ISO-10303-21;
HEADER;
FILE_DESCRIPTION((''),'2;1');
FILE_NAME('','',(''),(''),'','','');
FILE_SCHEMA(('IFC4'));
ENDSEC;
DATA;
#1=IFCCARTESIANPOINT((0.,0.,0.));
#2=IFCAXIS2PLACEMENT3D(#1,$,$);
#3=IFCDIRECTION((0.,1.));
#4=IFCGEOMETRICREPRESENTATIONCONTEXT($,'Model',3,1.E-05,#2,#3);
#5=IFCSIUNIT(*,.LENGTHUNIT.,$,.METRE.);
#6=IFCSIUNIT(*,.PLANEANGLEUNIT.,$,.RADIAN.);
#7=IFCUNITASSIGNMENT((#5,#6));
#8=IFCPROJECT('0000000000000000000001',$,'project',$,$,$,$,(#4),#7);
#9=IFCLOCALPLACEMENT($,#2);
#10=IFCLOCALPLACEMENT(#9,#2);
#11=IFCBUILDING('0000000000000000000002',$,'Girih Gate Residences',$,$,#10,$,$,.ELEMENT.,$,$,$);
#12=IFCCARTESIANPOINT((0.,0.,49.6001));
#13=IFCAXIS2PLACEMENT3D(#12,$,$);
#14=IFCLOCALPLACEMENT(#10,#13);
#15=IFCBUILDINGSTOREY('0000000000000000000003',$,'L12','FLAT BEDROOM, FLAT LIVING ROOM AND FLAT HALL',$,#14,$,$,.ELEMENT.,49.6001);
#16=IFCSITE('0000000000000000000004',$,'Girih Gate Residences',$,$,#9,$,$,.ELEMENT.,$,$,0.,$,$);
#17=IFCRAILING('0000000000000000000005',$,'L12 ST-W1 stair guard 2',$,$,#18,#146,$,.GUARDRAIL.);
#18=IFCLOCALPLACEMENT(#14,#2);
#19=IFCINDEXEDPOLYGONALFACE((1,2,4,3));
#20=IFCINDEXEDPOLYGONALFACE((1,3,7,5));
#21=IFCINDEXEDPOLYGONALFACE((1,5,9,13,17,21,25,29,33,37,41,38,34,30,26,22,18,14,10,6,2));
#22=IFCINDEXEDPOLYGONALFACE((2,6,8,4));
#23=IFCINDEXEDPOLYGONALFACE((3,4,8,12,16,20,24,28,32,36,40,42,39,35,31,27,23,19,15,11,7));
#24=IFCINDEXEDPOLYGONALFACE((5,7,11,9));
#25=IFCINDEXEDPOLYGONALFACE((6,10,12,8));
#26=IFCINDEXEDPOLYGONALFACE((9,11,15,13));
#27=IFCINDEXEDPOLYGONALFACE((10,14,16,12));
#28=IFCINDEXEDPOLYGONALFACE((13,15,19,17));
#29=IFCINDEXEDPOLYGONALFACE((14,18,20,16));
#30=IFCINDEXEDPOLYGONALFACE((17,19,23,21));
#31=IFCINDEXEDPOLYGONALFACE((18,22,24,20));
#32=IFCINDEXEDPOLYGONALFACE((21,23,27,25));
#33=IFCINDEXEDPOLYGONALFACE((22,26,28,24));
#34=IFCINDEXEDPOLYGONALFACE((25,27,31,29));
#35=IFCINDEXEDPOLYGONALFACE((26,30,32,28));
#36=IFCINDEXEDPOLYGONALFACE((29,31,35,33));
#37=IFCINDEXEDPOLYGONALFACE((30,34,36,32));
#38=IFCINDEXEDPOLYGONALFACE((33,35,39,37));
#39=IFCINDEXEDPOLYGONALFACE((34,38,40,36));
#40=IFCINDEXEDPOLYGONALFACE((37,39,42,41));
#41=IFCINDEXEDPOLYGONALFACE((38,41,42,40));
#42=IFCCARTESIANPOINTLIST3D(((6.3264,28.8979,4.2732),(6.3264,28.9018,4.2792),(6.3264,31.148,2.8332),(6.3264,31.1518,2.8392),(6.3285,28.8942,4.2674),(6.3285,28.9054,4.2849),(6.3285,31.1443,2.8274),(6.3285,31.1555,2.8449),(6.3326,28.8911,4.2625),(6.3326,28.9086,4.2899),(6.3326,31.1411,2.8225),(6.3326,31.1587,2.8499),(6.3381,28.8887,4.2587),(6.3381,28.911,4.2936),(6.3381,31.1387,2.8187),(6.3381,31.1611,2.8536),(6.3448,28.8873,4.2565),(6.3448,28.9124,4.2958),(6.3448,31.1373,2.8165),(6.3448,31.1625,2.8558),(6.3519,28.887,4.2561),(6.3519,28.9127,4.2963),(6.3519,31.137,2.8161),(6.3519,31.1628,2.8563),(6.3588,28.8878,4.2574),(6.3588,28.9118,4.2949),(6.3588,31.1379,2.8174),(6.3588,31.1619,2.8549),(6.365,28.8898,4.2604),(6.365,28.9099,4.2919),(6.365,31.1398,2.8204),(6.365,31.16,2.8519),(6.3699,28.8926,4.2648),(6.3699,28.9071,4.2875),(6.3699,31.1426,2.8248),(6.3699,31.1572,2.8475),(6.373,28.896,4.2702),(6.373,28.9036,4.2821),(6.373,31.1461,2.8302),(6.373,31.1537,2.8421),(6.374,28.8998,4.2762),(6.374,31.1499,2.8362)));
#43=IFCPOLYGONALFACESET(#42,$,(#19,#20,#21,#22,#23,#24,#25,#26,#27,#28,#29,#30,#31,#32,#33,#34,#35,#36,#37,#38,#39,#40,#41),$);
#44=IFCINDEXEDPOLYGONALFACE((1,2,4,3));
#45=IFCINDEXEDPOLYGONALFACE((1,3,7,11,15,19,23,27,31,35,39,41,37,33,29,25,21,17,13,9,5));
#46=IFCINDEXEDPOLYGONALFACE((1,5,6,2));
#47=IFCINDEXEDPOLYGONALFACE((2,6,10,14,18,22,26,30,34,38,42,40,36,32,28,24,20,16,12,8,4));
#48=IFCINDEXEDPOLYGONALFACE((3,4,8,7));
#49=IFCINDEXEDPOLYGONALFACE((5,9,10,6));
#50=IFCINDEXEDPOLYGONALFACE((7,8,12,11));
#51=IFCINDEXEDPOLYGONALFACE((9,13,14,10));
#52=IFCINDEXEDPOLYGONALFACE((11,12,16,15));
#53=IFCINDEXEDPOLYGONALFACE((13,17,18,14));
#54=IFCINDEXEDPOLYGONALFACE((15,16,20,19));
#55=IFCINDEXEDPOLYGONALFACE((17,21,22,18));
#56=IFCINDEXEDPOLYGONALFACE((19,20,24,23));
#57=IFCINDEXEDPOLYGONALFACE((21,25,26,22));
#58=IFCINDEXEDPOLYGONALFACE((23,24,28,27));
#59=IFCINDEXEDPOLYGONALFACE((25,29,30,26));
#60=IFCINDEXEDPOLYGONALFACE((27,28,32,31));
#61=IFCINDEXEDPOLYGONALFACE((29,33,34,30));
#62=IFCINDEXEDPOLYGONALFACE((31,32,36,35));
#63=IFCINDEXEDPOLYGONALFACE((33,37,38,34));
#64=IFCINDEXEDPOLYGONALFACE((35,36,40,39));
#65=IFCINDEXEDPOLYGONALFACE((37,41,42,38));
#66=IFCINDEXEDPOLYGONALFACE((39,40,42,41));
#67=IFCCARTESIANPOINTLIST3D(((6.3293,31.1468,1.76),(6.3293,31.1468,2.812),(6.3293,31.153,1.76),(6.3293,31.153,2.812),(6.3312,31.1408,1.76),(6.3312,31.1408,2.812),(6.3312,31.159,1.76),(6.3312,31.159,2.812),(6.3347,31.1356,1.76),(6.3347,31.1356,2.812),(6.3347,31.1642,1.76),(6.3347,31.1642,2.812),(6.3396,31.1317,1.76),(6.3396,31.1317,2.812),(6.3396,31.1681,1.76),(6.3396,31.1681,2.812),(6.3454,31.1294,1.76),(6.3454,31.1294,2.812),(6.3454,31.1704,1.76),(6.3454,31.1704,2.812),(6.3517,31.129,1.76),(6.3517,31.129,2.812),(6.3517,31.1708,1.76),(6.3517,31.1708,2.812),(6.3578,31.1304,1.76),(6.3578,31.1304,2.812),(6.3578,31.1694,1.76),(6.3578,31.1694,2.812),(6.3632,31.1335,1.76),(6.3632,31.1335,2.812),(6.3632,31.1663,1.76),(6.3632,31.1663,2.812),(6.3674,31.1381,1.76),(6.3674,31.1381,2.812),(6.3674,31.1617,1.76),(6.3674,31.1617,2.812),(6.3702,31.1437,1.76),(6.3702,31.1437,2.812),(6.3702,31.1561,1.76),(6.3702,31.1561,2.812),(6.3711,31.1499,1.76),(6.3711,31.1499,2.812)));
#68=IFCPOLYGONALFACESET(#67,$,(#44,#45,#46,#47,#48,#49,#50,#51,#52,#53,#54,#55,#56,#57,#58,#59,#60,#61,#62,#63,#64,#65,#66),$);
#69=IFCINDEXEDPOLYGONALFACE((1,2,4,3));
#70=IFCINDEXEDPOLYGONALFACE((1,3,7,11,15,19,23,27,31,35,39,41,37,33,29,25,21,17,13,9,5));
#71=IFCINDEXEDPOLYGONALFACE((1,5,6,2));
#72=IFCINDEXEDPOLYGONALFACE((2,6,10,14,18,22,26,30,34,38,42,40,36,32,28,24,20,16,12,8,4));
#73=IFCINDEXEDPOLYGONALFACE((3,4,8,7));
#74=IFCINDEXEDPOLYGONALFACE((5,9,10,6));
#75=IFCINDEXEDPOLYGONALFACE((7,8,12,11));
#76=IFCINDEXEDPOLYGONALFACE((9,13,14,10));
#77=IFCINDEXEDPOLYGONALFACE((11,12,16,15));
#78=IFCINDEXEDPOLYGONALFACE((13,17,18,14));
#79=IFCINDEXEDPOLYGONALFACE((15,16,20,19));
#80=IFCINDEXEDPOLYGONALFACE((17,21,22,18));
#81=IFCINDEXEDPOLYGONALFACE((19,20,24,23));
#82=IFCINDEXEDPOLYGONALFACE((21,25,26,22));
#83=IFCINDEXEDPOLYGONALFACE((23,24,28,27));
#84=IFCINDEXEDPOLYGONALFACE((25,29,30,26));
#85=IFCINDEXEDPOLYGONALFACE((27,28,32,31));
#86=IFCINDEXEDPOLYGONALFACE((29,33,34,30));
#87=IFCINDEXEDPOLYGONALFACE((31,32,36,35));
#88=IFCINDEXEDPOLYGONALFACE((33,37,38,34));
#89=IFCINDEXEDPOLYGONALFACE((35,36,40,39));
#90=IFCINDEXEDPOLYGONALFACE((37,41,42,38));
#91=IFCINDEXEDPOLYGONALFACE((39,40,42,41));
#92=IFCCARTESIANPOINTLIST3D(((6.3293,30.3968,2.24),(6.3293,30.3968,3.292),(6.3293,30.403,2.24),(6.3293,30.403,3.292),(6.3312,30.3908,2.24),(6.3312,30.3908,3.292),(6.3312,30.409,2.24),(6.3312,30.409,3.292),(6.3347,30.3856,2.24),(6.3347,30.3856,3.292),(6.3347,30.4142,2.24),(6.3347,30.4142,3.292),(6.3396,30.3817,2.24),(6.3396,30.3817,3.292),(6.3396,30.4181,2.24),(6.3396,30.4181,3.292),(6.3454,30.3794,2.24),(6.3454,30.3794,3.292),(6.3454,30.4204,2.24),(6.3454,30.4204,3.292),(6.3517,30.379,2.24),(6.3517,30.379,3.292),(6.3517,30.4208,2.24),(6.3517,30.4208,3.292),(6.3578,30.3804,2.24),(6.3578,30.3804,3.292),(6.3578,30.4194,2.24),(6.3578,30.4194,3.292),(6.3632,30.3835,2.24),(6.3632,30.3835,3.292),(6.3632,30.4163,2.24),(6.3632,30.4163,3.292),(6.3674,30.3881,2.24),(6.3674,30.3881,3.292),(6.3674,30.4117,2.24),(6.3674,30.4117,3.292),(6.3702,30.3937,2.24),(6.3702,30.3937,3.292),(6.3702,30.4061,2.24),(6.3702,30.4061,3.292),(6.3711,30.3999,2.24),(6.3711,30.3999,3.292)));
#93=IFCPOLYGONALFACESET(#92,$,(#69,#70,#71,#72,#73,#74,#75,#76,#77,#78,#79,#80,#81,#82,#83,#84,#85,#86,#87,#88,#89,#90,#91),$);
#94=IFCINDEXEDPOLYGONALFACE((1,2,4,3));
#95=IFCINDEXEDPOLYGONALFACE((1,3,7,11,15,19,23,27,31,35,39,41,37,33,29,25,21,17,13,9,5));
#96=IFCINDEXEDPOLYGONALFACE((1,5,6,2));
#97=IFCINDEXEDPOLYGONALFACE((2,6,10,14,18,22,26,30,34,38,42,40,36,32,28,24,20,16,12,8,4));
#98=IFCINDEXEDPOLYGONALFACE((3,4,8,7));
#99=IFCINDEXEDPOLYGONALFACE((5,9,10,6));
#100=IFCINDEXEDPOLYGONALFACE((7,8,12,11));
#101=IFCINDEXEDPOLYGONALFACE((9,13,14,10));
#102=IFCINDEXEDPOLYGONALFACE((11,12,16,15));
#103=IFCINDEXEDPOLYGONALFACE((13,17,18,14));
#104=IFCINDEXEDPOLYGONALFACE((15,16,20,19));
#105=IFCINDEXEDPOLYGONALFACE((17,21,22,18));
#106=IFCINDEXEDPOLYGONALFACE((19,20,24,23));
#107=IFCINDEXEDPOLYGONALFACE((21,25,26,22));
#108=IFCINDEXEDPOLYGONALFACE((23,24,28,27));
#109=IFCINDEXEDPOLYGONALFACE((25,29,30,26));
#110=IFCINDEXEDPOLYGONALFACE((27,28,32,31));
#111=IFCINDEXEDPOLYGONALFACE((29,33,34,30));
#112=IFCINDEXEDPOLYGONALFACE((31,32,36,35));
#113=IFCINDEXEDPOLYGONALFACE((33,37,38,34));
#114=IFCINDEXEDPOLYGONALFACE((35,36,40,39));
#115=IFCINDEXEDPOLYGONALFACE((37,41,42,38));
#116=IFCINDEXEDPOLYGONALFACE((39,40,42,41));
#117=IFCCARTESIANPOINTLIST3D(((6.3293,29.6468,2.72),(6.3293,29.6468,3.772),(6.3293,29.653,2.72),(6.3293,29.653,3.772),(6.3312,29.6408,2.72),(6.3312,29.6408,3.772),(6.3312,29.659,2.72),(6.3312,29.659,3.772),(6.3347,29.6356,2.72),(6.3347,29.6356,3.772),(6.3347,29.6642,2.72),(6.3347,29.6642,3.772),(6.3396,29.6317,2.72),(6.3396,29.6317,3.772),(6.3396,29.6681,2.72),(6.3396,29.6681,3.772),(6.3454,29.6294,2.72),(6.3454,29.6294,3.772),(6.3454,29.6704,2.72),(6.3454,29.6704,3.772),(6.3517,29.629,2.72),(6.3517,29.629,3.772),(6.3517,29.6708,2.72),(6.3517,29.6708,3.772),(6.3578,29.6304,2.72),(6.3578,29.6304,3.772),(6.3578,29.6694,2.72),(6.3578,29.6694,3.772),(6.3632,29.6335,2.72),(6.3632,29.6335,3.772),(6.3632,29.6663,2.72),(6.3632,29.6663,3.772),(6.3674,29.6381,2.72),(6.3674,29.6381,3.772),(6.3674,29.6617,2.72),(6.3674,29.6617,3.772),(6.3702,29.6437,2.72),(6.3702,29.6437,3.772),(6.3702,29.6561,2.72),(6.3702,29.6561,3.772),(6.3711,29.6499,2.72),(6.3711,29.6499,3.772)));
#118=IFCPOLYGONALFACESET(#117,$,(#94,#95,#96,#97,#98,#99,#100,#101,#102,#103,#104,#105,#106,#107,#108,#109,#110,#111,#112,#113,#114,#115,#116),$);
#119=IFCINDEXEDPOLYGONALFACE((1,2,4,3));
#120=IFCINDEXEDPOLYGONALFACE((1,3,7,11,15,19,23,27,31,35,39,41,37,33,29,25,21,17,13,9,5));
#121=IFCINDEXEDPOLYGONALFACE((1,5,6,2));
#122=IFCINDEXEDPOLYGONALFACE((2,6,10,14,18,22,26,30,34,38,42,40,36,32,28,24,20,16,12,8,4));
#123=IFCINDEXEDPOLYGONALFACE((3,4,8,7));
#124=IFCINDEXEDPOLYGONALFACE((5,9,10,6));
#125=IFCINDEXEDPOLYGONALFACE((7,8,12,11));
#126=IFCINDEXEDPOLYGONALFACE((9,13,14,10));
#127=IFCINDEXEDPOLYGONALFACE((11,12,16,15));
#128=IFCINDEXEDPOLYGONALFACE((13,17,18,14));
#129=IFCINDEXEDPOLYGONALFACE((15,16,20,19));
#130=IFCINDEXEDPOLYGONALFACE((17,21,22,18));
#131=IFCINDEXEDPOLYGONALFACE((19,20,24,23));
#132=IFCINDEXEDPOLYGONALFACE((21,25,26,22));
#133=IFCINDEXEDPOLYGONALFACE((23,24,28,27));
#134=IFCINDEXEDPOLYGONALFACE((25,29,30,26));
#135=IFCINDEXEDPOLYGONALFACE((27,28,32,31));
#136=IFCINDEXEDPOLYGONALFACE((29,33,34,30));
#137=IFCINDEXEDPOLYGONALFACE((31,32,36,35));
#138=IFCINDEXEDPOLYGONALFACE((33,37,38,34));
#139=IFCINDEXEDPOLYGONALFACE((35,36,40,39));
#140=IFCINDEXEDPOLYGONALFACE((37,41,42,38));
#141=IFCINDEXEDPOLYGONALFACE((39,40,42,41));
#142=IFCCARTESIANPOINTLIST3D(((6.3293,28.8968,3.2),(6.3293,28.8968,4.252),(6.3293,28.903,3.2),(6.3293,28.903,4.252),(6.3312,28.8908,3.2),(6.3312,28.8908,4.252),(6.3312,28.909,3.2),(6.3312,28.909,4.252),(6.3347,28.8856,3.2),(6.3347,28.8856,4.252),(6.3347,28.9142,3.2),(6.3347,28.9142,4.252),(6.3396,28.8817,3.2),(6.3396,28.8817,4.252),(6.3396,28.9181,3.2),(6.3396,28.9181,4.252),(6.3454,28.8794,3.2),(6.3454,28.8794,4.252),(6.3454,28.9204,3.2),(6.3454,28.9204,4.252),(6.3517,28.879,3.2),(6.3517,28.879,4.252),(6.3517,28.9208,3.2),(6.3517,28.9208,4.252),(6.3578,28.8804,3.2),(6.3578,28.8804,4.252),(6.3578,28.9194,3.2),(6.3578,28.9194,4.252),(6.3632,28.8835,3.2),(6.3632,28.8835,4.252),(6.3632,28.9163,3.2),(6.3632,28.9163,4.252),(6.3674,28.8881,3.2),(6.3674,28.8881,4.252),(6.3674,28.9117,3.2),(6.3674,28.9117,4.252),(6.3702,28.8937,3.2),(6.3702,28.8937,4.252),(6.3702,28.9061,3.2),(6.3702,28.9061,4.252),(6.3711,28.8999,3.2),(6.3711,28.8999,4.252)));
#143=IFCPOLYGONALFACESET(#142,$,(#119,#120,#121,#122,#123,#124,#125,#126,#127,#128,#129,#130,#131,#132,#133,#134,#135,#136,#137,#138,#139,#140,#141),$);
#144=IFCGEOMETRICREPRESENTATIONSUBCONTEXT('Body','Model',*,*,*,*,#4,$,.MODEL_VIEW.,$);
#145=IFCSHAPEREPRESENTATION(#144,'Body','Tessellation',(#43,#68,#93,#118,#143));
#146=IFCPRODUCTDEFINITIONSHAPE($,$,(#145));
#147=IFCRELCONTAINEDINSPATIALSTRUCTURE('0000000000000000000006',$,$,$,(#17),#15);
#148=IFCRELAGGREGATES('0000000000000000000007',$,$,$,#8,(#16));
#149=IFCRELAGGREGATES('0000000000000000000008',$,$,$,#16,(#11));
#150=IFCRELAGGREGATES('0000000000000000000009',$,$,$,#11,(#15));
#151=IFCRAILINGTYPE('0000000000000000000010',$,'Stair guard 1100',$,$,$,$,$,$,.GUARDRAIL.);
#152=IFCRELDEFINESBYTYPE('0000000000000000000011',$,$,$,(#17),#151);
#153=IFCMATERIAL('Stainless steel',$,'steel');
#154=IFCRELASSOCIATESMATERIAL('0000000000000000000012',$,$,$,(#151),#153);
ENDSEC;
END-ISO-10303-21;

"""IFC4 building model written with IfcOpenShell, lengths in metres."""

from ifc_helpers import new_model, si_unit, direction, frame, origin, origin_2d, place, context, subcontext, project, spatial, circle, extrude, material, type_object, element, save


model = new_model("IFC4")

# Units and contexts
model_context = context("Model", 3, precision=1e-05, world=origin(), true_north=direction((0.0, 1.0)))
body_context = subcontext(model_context, "Body", "Model", "MODEL_VIEW")
ifc_project = project(units=[si_unit("LENGTHUNIT", "METRE"), si_unit("PLANEANGLEUNIT", "RADIAN")], contexts=[model_context])

# Site, building, storey
site_placement = place(None, origin())
site = spatial("IfcSite", under=ifc_project, at=site_placement, Name="Girih Gate Residences", CompositionType="ELEMENT", RefElevation=0.0)
building_placement = place(site_placement, origin())
building = spatial("IfcBuilding", under=site, at=building_placement, Name="Girih Gate Residences", CompositionType="ELEMENT")
storey_placement = place(building_placement, frame((0.0, 0.0, 49.6001)))
storey = spatial("IfcBuildingStorey", under=building, at=storey_placement, Name="L12", Description="FLAT BEDROOM, FLAT LIVING ROOM AND FLAT HALL", CompositionType="ELEMENT", Elevation=49.6001)

# Shared definitions
ifc_material_1 = material(Name="Stainless steel", Category="steel")

# Railing
railing_type = type_object("IfcRailingType", Name="Stair guard 1100", PredefinedType="GUARDRAIL", material=ifc_material_1)
railing_placement = place(storey_placement, frame((6.3501, 31.1499, 1.76)))
element("IfcRailing", 1, at=railing_placement, inside=storey, type_object=railing_type, Name="L12 ST-W1 stair guard 2", PredefinedType="GUARDRAIL", context=body_context, shape_type="SweptSolid", body=[
    extrude(circle(Radius=0.0239, at=origin_2d()), frame((0.0, 0.0, 1.0762), z_axis=(0.0, -0.842281, 0.539038), x_axis=(1.0, 0.0, 0.0)), (0.0, 0.0, 1.0), 2.6714),
    extrude(circle(Radius=0.021, at=origin_2d()), origin(), (0.0, 0.0, 1.0), 1.052),
    extrude(circle(Radius=0.021, at=origin_2d()), frame((0.0, -0.75, 0.48)), (0.0, 0.0, 1.0), 1.052),
    extrude(circle(Radius=0.021, at=origin_2d()), frame((0.0, -1.5, 0.96)), (0.0, 0.0, 1.0), 1.052),
    extrude(circle(Radius=0.021, at=origin_2d()), frame((0.0, -2.25, 1.4399)), (0.0, 0.0, 1.0), 1.052),
])

save(model, "model.ifc")
